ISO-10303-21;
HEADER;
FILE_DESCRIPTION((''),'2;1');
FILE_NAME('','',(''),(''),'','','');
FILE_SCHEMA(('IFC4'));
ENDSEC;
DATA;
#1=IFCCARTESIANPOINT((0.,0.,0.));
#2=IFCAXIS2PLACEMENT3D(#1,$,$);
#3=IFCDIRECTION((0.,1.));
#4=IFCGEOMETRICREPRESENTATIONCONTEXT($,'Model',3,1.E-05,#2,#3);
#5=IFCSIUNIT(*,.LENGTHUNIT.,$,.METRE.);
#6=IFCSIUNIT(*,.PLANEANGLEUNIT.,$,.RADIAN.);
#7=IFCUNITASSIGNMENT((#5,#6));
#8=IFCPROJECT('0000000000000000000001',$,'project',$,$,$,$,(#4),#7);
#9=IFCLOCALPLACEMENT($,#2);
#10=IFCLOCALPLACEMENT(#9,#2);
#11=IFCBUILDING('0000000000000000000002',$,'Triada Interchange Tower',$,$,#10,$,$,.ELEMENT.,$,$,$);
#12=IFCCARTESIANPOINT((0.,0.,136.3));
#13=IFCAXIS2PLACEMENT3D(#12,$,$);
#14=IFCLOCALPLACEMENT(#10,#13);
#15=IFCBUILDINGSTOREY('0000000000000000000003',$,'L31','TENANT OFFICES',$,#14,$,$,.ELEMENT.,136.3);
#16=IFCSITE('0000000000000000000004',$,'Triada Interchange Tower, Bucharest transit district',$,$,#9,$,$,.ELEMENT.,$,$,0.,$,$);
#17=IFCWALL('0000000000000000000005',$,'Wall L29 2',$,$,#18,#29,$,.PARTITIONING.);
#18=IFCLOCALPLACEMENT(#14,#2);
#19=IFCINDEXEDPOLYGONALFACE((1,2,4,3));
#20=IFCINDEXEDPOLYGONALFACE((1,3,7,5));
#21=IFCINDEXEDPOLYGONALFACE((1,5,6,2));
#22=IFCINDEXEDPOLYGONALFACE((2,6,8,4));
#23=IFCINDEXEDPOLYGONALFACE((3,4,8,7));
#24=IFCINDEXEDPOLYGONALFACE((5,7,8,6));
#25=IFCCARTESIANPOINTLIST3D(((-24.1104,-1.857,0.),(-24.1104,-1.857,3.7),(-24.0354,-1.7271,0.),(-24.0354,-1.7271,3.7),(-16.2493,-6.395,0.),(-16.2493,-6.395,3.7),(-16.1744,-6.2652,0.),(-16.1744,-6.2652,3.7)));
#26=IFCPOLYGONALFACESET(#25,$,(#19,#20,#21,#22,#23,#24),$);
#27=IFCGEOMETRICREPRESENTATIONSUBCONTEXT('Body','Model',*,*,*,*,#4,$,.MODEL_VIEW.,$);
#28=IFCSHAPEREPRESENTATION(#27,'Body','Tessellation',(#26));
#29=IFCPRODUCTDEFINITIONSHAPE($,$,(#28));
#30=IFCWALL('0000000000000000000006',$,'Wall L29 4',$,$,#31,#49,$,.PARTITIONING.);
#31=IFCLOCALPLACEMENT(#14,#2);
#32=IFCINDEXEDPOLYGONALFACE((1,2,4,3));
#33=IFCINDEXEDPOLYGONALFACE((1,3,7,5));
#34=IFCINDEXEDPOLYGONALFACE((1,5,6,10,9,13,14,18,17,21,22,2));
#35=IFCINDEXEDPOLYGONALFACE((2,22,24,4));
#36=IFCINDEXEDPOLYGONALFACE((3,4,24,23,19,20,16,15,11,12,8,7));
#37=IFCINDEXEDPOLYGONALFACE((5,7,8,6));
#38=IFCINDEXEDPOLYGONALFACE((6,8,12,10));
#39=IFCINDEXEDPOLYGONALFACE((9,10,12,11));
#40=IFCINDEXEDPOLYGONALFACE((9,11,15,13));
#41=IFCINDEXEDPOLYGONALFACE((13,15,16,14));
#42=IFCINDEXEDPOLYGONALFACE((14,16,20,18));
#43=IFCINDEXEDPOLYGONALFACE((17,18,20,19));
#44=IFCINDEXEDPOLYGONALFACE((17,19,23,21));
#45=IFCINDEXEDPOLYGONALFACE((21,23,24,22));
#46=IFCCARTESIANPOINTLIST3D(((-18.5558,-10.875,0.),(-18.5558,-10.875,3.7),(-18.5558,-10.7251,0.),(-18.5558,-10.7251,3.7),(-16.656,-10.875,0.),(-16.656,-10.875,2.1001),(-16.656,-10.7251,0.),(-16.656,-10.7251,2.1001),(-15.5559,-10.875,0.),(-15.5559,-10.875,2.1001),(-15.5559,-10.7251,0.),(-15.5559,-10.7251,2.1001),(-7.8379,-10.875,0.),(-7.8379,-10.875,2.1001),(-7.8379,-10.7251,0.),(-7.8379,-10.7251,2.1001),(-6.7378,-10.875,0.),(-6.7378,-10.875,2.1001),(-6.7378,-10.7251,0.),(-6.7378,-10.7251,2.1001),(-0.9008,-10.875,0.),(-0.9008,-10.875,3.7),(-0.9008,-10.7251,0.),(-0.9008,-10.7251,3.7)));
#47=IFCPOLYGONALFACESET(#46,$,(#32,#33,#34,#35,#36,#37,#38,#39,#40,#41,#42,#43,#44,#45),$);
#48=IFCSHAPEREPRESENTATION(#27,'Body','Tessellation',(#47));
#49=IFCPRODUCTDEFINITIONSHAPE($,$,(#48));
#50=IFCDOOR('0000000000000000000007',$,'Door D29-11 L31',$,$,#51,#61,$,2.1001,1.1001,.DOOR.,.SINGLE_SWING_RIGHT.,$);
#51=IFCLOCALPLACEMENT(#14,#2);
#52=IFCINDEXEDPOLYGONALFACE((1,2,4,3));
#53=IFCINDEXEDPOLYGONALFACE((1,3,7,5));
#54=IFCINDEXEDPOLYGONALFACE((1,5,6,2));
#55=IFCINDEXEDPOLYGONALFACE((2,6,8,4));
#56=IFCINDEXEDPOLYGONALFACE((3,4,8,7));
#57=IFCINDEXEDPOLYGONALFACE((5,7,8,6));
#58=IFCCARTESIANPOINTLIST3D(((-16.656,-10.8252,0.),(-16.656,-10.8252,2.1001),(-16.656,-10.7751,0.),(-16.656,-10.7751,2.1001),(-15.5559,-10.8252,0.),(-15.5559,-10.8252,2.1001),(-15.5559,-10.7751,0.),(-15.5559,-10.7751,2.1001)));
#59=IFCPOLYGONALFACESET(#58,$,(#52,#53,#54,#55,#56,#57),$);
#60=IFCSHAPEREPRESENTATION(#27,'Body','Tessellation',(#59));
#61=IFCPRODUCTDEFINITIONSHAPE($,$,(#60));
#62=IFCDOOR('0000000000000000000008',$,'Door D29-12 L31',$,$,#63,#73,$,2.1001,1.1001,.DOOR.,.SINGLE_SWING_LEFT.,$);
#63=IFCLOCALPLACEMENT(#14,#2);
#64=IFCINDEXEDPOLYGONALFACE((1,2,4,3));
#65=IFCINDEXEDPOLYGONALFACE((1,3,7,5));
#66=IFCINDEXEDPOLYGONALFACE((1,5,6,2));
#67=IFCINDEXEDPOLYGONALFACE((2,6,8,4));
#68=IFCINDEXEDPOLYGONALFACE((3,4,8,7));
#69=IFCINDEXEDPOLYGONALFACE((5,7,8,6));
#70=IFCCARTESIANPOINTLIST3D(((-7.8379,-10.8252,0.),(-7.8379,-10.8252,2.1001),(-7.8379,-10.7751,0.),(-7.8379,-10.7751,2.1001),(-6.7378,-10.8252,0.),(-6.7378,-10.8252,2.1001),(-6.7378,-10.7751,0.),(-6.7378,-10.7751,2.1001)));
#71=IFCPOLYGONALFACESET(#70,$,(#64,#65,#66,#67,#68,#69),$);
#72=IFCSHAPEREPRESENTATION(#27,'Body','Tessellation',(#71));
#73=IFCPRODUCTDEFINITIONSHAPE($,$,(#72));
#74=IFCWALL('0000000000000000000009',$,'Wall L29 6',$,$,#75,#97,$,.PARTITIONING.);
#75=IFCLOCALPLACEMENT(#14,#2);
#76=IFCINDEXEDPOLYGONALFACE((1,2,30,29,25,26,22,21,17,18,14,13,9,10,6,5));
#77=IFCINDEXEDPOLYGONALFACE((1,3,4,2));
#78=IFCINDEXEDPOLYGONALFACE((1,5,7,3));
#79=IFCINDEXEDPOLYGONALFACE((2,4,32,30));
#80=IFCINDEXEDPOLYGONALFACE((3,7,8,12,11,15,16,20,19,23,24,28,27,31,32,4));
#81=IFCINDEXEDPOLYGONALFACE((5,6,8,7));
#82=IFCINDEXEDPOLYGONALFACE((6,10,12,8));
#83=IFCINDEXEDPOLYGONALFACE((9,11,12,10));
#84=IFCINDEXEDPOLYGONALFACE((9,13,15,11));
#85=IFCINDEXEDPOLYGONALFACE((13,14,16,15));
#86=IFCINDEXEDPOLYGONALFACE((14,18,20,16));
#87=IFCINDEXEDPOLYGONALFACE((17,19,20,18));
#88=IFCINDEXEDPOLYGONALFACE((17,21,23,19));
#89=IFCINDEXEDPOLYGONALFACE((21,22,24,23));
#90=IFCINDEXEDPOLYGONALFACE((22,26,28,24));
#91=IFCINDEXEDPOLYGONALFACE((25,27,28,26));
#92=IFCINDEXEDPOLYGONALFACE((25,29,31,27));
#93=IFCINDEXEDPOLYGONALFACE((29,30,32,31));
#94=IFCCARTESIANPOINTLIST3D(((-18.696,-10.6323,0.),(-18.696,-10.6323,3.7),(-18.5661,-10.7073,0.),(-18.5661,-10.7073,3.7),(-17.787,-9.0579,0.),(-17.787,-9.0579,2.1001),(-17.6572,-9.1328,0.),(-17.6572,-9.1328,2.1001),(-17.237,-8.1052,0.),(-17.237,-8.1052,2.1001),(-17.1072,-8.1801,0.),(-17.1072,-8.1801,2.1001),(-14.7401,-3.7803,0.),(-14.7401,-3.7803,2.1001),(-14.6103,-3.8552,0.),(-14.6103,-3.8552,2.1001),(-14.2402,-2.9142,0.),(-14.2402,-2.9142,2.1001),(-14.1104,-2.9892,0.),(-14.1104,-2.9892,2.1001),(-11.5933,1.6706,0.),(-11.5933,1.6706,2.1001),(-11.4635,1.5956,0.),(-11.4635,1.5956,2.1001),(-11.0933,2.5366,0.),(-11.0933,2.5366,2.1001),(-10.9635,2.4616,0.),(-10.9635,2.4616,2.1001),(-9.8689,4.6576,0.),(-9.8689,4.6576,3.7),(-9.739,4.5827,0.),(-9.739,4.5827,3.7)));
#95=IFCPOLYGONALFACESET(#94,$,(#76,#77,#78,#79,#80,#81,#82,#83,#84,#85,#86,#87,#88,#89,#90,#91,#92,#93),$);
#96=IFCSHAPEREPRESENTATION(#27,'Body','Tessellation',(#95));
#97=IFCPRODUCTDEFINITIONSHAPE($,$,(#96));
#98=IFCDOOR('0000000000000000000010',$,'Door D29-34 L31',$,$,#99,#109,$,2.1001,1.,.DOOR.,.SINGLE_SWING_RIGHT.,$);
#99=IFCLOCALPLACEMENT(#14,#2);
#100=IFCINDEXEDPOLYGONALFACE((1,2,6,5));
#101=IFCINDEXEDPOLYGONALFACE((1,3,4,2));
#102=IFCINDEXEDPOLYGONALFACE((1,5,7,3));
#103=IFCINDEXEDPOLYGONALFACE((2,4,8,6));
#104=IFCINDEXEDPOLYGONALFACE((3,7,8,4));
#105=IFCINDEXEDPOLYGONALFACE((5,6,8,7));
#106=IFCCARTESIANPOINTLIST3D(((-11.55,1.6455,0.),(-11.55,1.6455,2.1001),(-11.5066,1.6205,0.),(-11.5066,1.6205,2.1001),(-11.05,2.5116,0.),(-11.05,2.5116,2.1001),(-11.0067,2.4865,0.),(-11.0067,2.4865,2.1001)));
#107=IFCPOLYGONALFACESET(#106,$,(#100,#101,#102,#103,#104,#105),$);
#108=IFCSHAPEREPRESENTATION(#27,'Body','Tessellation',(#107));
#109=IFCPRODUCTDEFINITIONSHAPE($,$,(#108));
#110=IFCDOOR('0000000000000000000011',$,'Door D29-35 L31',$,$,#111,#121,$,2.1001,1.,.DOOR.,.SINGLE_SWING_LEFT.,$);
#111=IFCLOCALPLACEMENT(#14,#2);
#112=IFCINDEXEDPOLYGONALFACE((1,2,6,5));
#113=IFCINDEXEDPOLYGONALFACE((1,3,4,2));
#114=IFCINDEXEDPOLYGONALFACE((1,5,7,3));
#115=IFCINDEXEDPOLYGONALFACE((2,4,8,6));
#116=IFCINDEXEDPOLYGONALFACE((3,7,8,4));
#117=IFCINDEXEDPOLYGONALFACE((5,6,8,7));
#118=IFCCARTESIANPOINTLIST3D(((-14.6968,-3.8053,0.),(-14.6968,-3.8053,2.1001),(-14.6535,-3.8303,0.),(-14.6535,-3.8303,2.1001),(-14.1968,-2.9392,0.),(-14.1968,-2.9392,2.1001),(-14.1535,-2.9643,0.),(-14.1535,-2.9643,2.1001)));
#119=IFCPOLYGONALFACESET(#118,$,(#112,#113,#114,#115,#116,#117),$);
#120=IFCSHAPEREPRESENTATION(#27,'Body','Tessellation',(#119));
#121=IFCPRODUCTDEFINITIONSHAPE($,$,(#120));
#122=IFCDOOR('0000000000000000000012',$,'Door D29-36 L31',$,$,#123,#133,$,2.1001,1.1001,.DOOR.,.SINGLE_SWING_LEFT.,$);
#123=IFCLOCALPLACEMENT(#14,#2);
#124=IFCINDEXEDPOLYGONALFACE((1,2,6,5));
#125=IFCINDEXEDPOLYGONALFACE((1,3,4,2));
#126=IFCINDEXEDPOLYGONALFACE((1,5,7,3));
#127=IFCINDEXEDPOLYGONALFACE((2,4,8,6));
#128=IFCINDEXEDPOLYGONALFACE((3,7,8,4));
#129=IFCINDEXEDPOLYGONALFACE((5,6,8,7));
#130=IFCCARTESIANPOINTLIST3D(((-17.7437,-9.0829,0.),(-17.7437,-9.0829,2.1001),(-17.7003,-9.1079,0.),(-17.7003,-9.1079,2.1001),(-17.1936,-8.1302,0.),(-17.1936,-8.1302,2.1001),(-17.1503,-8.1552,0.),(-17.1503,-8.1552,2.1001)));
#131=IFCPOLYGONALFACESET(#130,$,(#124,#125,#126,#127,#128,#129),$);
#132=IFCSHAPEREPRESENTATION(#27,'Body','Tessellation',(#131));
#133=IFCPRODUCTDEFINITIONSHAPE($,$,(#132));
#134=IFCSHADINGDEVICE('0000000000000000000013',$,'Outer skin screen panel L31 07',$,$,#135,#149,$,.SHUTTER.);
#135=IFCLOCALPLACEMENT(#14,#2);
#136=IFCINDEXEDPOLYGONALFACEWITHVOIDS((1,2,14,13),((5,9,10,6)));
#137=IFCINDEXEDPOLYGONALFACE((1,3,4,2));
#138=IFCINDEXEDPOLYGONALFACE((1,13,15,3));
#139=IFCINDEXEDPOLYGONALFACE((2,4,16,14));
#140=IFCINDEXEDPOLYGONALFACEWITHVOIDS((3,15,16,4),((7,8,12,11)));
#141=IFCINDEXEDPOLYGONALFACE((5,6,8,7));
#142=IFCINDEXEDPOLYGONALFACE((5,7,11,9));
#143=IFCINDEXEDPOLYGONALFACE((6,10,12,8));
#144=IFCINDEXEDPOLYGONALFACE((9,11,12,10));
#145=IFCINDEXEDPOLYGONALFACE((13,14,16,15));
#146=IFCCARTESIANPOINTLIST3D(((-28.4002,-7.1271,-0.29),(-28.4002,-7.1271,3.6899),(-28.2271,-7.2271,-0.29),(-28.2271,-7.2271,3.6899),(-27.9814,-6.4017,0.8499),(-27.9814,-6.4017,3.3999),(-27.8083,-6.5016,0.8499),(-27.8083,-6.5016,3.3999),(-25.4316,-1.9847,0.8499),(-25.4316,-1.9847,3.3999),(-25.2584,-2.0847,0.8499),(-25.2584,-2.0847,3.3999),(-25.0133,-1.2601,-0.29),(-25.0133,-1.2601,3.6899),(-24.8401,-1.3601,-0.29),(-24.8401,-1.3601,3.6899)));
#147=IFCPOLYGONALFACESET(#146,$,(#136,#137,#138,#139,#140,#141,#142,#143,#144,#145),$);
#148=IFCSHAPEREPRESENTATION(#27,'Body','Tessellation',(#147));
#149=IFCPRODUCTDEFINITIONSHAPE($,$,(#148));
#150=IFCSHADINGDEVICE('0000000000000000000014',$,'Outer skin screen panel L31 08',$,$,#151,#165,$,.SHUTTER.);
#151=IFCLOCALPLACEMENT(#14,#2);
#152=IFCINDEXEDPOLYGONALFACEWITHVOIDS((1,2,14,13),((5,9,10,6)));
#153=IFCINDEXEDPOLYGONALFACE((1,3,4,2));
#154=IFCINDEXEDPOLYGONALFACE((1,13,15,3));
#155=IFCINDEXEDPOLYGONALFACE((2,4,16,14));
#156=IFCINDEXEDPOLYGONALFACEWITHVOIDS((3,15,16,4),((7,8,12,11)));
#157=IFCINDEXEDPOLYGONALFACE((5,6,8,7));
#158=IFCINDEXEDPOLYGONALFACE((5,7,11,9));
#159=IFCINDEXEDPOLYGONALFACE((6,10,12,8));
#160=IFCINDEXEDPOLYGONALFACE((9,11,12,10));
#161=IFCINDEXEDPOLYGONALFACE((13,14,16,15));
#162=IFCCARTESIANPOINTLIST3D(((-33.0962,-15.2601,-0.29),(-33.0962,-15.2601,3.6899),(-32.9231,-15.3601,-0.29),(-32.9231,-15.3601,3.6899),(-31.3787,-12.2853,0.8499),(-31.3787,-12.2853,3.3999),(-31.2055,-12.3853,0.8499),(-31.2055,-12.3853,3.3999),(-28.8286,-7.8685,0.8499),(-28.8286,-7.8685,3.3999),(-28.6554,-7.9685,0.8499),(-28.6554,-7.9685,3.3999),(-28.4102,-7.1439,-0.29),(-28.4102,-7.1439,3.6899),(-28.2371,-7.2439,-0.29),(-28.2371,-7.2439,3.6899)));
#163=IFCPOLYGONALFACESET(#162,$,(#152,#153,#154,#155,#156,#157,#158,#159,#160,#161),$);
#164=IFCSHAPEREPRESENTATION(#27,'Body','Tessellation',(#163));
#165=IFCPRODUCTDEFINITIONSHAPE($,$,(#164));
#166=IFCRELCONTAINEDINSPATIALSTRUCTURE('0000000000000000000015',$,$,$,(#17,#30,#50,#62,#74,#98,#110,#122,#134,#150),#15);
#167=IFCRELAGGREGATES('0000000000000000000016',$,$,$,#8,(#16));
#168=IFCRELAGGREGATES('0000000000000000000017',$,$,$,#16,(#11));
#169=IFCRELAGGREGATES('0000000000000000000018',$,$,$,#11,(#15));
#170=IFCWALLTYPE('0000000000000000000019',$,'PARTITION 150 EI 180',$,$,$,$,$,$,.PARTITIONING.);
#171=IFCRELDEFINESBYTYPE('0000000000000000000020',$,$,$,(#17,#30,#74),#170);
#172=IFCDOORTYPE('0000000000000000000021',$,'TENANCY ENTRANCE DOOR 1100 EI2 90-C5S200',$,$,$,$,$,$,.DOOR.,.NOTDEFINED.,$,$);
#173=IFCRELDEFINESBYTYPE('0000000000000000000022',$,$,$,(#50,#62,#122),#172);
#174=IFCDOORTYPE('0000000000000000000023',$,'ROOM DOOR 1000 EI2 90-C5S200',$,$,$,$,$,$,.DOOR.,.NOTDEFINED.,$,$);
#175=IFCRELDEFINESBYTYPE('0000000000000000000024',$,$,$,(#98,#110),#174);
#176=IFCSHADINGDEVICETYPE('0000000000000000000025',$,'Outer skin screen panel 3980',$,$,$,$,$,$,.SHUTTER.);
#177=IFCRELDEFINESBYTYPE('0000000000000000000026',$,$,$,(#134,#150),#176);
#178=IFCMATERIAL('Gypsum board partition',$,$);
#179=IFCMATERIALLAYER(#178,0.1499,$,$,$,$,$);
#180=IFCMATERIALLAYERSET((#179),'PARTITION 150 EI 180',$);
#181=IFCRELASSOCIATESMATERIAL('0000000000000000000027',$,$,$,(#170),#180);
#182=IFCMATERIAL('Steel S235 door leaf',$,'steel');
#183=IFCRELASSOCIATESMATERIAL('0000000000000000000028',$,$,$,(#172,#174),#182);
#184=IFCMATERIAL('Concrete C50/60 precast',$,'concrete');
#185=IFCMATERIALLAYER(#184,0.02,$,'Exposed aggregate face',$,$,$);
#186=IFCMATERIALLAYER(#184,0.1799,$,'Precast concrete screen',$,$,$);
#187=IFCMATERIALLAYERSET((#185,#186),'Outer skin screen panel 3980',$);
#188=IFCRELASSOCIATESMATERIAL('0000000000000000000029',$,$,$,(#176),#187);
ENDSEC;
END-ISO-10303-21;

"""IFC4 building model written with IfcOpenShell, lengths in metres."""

from ifc_helpers import new_model, si_unit, direction, frame, frame_2d, origin, place, context, subcontext, project, spatial, polyline, rectangle, outline, extrude, material, layer, layer_set, type_object, element, fill, save


model = new_model("IFC4")

# Units and contexts
model_context = context("Model", 3, precision=1e-05, world=origin(), true_north=direction((0.0, 1.0)))
body_context = subcontext(model_context, "Body", "Model", "MODEL_VIEW")
ifc_project = project(units=[si_unit("LENGTHUNIT", "METRE"), si_unit("PLANEANGLEUNIT", "RADIAN")], contexts=[model_context])

# Site, building, storey
site_placement = place(None, origin())
site = spatial("IfcSite", under=ifc_project, at=site_placement, Name="Triada Interchange Tower, Bucharest transit district", CompositionType="ELEMENT", RefElevation=0.0)
building_placement = place(site_placement, origin())
building = spatial("IfcBuilding", under=site, at=building_placement, Name="Triada Interchange Tower", CompositionType="ELEMENT")
storey_placement = place(building_placement, frame((0.0, 0.0, 136.3)))
storey = spatial("IfcBuildingStorey", under=building, at=storey_placement, Name="L31", Description="TENANT OFFICES", CompositionType="ELEMENT", Elevation=136.3)

# Wall
ifc_material_1 = material(Name="Gypsum board partition")
ifc_layer_1 = layer(ifc_material_1, 0.1499)
ifc_layer_set_1 = layer_set([ifc_layer_1], Name="PARTITION 150 EI 180")
wall_type = type_object("IfcWallType", Name="PARTITION 150 EI 180", PredefinedType="PARTITIONING", material=ifc_layer_set_1)
wall_1_placement = place(storey_placement, frame((-24.073, -1.792, 0.0), z_axis=(0.0, 0.0, 1.0), x_axis=(0.86605, -0.499958, 0.0)))
element("IfcWall", 1, at=wall_1_placement, inside=storey, type_object=wall_type, Name="Wall L29 2", PredefinedType="PARTITIONING", context=body_context, shape_type="SweptSolid", body=[
    extrude(rectangle(XDim=9.0769, YDim=0.1499, at=frame_2d((4.5386, 0.0))), origin(), (0.0, 0.0, 1.0), 3.7),
])

# Walls, openings, doors
wall_2_placement = place(storey_placement, frame((-18.5559, -10.8, 0.0), z_axis=(0.0, 0.0, 1.0), x_axis=(1.0, 0.0, 0.0)))
wall_2 = element("IfcWall", 2, at=wall_2_placement, inside=storey, type_object=wall_type, Name="Wall L29 4", PredefinedType="PARTITIONING", context=body_context, shape_type="SweptSolid", body=[
    extrude(rectangle(XDim=17.655, YDim=0.1499, at=frame_2d((8.8276, 0.0))), origin(), (0.0, 0.0, 1.0), 3.7),
])
opening_1_placement = place(wall_2_placement, frame((1.8999, 0.0, 0.0)))
opening_1 = element("IfcOpeningElement", 3, at=opening_1_placement, cuts=wall_2, PredefinedType="OPENING", context=body_context, shape_type="SweptSolid", body=[
    extrude(rectangle(XDim=1.1001, YDim=2.1001, at=frame_2d((0.55, 1.05))), frame((0.0, 0.085, 0.0), z_axis=(0.0, -1.0, 0.0), x_axis=(1.0, 0.0, 0.0)), (0.0, 0.0, 1.0), 0.1699),
])
opening_2_placement = place(wall_2_placement, frame((10.718, 0.0, 0.0)))
opening_2 = element("IfcOpeningElement", 4, at=opening_2_placement, cuts=wall_2, PredefinedType="OPENING", context=body_context, shape_type="SweptSolid", body=[
    extrude(rectangle(XDim=1.1001, YDim=2.1001, at=frame_2d((0.55, 1.05))), frame((0.0, 0.085, 0.0), z_axis=(0.0, -1.0, 0.0), x_axis=(1.0, 0.0, 0.0)), (0.0, 0.0, 1.0), 0.1699),
])
ifc_material_2 = material(Name="Steel S235 door leaf", Category="steel")
door_type_1 = type_object("IfcDoorType", Name="TENANCY ENTRANCE DOOR 1100 EI2 90-C5S200", OperationType="NOTDEFINED", PredefinedType="DOOR", material=ifc_material_2)
door_1_placement = place(opening_1_placement, origin())
door_1 = element("IfcDoor", 5, at=door_1_placement, inside=storey, type_object=door_type_1, Name="Door D29-11 L31", OperationType="SINGLE_SWING_RIGHT", OverallHeight=2.1001, OverallWidth=1.1001, PredefinedType="DOOR", context=body_context, shape_type="SweptSolid", body=[
    extrude(rectangle(XDim=1.1001, YDim=2.1001, at=frame_2d((0.55, 1.05))), frame((0.0, 0.0249, 0.0), z_axis=(0.0, -1.0, 0.0), x_axis=(1.0, 0.0, 0.0)), (0.0, 0.0, 1.0), 0.05),
])
fill(opening_1, door_1)
door_2_placement = place(opening_2_placement, origin())
door_2 = element("IfcDoor", 6, at=door_2_placement, inside=storey, type_object=door_type_1, Name="Door D29-12 L31", OperationType="SINGLE_SWING_LEFT", OverallHeight=2.1001, OverallWidth=1.1001, PredefinedType="DOOR", context=body_context, shape_type="SweptSolid", body=[
    extrude(rectangle(XDim=1.1001, YDim=2.1001, at=frame_2d((0.55, 1.05))), frame((0.0, 0.0249, 0.0), z_axis=(0.0, -1.0, 0.0), x_axis=(1.0, 0.0, 0.0)), (0.0, 0.0, 1.0), 0.05),
])
fill(opening_2, door_2)
wall_3_placement = place(storey_placement, frame((-18.6311, -10.6699, 0.0), z_axis=(0.0, 0.0, 1.0), x_axis=(0.499976, 0.866039, 0.0)))
wall_3 = element("IfcWall", 7, at=wall_3_placement, inside=storey, type_object=wall_type, Name="Wall L29 6", PredefinedType="PARTITIONING", context=body_context, shape_type="SweptSolid", body=[
    extrude(rectangle(XDim=17.655, YDim=0.1499, at=frame_2d((8.8276, 0.0))), origin(), (0.0, 0.0, 1.0), 3.7),
])
opening_3_placement = place(wall_3_placement, frame((14.2061, 0.0, 0.0)))
opening_3 = element("IfcOpeningElement", 8, at=opening_3_placement, cuts=wall_3, PredefinedType="OPENING", context=body_context, shape_type="SweptSolid", body=[
    extrude(rectangle(XDim=1.0, YDim=2.1001, at=frame_2d((0.5, 1.05))), frame((0.0, 0.085, 0.0), z_axis=(0.0, -1.0, 0.0), x_axis=(1.0, 0.0, 0.0)), (0.0, 0.0, 1.0), 0.1699),
])
opening_4_placement = place(wall_3_placement, frame((7.9121, 0.0, 0.0)))
opening_4 = element("IfcOpeningElement", 9, at=opening_4_placement, cuts=wall_3, PredefinedType="OPENING", context=body_context, shape_type="SweptSolid", body=[
    extrude(rectangle(XDim=1.0, YDim=2.1001, at=frame_2d((0.5, 1.05))), frame((0.0, 0.085, 0.0), z_axis=(0.0, -1.0, 0.0), x_axis=(1.0, 0.0, 0.0)), (0.0, 0.0, 1.0), 0.1699),
])
opening_5_placement = place(wall_3_placement, frame((1.8181, 0.0, 0.0)))
opening_5 = element("IfcOpeningElement", 10, at=opening_5_placement, cuts=wall_3, PredefinedType="OPENING", context=body_context, shape_type="SweptSolid", body=[
    extrude(rectangle(XDim=1.1001, YDim=2.1001, at=frame_2d((0.55, 1.05))), frame((0.0, 0.085, 0.0), z_axis=(0.0, -1.0, 0.0), x_axis=(1.0, 0.0, 0.0)), (0.0, 0.0, 1.0), 0.1699),
])
door_type_2 = type_object("IfcDoorType", Name="ROOM DOOR 1000 EI2 90-C5S200", OperationType="NOTDEFINED", PredefinedType="DOOR", material=ifc_material_2)
door_3_placement = place(opening_3_placement, origin())
door_3 = element("IfcDoor", 11, at=door_3_placement, inside=storey, type_object=door_type_2, Name="Door D29-34 L31", OperationType="SINGLE_SWING_RIGHT", OverallHeight=2.1001, OverallWidth=1.0, PredefinedType="DOOR", context=body_context, shape_type="SweptSolid", body=[
    extrude(rectangle(XDim=1.0, YDim=2.1001, at=frame_2d((0.5, 1.05))), frame((0.0, 0.0249, 0.0), z_axis=(0.0, -1.0, 0.0), x_axis=(1.0, 0.0, 0.0)), (0.0, 0.0, 1.0), 0.05),
])
fill(opening_3, door_3)
door_4_placement = place(opening_4_placement, origin())
door_4 = element("IfcDoor", 12, at=door_4_placement, inside=storey, type_object=door_type_2, Name="Door D29-35 L31", OperationType="SINGLE_SWING_LEFT", OverallHeight=2.1001, OverallWidth=1.0, PredefinedType="DOOR", context=body_context, shape_type="SweptSolid", body=[
    extrude(rectangle(XDim=1.0, YDim=2.1001, at=frame_2d((0.5, 1.05))), frame((0.0, 0.0249, 0.0), z_axis=(0.0, -1.0, 0.0), x_axis=(1.0, 0.0, 0.0)), (0.0, 0.0, 1.0), 0.05),
])
fill(opening_4, door_4)
door_5_placement = place(opening_5_placement, origin())
door_5 = element("IfcDoor", 13, at=door_5_placement, inside=storey, type_object=door_type_1, Name="Door D29-36 L31", OperationType="SINGLE_SWING_LEFT", OverallHeight=2.1001, OverallWidth=1.1001, PredefinedType="DOOR", context=body_context, shape_type="SweptSolid", body=[
    extrude(rectangle(XDim=1.1001, YDim=2.1001, at=frame_2d((0.55, 1.05))), frame((0.0, 0.0249, 0.0), z_axis=(0.0, -1.0, 0.0), x_axis=(1.0, 0.0, 0.0)), (0.0, 0.0, 1.0), 0.05),
])
fill(opening_5, door_5)

# Shading devices
ifc_material_3 = material(Name="Concrete C50/60 precast", Category="concrete")
ifc_layer_2 = layer(ifc_material_3, 0.02, Name="Exposed aggregate face")
ifc_layer_3 = layer(ifc_material_3, 0.1799, Name="Precast concrete screen")
ifc_layer_set_2 = layer_set([ifc_layer_2, ifc_layer_3], Name="Outer skin screen panel 3980")
shading_device_type = type_object("IfcShadingDeviceType", Name="Outer skin screen panel 3980", PredefinedType="SHUTTER", material=ifc_layer_set_2)
shading_device_1_placement = place(storey_placement, frame((-24.8401, -1.3601, -0.29), z_axis=(0.0, 0.0, 1.0), x_axis=(-0.499965, -0.866046, 0.0)))
element("IfcShadingDevice", 14, at=shading_device_1_placement, inside=storey, type_object=shading_device_type, Name="Outer skin screen panel L31 07", PredefinedType="SHUTTER", context=body_context, shape_type="SweptSolid", body=[
    extrude(outline(polyline([(0.0, 0.0), (6.7744, 0.0), (6.7744, 3.98), (0.0, 3.98), (0.0, 0.0)]), holes=[polyline([(0.8367, 1.1399), (0.8367, 3.6899), (5.9368, 3.6899), (5.9368, 1.1399), (0.8367, 1.1399)])]), frame((0.0, 0.0, 0.0), z_axis=(0.0, -1.0, 0.0), x_axis=(1.0, 0.0, 0.0)), (0.0, 0.0, 1.0), 0.2),
])
shading_device_2_placement = place(storey_placement, frame((-28.2371, -7.2439, -0.29), z_axis=(0.0, 0.0, 1.0), x_axis=(-0.500011, -0.866019, 0.0)))
element("IfcShadingDevice", 15, at=shading_device_2_placement, inside=storey, type_object=shading_device_type, Name="Outer skin screen panel L31 08", PredefinedType="SHUTTER", context=body_context, shape_type="SweptSolid", body=[
    extrude(outline(polyline([(0.0, 0.0), (9.3718, 0.0), (9.3718, 3.98), (0.0, 3.98), (0.0, 0.0)]), holes=[polyline([(0.8367, 1.1399), (0.8367, 3.6899), (5.9368, 3.6899), (5.9368, 1.1399), (0.8367, 1.1399)])]), frame((0.0, 0.0, 0.0), z_axis=(0.0, -1.0, 0.0), x_axis=(1.0, 0.0, 0.0)), (0.0, 0.0, 1.0), 0.2),
])

save(model, "model.ifc")
